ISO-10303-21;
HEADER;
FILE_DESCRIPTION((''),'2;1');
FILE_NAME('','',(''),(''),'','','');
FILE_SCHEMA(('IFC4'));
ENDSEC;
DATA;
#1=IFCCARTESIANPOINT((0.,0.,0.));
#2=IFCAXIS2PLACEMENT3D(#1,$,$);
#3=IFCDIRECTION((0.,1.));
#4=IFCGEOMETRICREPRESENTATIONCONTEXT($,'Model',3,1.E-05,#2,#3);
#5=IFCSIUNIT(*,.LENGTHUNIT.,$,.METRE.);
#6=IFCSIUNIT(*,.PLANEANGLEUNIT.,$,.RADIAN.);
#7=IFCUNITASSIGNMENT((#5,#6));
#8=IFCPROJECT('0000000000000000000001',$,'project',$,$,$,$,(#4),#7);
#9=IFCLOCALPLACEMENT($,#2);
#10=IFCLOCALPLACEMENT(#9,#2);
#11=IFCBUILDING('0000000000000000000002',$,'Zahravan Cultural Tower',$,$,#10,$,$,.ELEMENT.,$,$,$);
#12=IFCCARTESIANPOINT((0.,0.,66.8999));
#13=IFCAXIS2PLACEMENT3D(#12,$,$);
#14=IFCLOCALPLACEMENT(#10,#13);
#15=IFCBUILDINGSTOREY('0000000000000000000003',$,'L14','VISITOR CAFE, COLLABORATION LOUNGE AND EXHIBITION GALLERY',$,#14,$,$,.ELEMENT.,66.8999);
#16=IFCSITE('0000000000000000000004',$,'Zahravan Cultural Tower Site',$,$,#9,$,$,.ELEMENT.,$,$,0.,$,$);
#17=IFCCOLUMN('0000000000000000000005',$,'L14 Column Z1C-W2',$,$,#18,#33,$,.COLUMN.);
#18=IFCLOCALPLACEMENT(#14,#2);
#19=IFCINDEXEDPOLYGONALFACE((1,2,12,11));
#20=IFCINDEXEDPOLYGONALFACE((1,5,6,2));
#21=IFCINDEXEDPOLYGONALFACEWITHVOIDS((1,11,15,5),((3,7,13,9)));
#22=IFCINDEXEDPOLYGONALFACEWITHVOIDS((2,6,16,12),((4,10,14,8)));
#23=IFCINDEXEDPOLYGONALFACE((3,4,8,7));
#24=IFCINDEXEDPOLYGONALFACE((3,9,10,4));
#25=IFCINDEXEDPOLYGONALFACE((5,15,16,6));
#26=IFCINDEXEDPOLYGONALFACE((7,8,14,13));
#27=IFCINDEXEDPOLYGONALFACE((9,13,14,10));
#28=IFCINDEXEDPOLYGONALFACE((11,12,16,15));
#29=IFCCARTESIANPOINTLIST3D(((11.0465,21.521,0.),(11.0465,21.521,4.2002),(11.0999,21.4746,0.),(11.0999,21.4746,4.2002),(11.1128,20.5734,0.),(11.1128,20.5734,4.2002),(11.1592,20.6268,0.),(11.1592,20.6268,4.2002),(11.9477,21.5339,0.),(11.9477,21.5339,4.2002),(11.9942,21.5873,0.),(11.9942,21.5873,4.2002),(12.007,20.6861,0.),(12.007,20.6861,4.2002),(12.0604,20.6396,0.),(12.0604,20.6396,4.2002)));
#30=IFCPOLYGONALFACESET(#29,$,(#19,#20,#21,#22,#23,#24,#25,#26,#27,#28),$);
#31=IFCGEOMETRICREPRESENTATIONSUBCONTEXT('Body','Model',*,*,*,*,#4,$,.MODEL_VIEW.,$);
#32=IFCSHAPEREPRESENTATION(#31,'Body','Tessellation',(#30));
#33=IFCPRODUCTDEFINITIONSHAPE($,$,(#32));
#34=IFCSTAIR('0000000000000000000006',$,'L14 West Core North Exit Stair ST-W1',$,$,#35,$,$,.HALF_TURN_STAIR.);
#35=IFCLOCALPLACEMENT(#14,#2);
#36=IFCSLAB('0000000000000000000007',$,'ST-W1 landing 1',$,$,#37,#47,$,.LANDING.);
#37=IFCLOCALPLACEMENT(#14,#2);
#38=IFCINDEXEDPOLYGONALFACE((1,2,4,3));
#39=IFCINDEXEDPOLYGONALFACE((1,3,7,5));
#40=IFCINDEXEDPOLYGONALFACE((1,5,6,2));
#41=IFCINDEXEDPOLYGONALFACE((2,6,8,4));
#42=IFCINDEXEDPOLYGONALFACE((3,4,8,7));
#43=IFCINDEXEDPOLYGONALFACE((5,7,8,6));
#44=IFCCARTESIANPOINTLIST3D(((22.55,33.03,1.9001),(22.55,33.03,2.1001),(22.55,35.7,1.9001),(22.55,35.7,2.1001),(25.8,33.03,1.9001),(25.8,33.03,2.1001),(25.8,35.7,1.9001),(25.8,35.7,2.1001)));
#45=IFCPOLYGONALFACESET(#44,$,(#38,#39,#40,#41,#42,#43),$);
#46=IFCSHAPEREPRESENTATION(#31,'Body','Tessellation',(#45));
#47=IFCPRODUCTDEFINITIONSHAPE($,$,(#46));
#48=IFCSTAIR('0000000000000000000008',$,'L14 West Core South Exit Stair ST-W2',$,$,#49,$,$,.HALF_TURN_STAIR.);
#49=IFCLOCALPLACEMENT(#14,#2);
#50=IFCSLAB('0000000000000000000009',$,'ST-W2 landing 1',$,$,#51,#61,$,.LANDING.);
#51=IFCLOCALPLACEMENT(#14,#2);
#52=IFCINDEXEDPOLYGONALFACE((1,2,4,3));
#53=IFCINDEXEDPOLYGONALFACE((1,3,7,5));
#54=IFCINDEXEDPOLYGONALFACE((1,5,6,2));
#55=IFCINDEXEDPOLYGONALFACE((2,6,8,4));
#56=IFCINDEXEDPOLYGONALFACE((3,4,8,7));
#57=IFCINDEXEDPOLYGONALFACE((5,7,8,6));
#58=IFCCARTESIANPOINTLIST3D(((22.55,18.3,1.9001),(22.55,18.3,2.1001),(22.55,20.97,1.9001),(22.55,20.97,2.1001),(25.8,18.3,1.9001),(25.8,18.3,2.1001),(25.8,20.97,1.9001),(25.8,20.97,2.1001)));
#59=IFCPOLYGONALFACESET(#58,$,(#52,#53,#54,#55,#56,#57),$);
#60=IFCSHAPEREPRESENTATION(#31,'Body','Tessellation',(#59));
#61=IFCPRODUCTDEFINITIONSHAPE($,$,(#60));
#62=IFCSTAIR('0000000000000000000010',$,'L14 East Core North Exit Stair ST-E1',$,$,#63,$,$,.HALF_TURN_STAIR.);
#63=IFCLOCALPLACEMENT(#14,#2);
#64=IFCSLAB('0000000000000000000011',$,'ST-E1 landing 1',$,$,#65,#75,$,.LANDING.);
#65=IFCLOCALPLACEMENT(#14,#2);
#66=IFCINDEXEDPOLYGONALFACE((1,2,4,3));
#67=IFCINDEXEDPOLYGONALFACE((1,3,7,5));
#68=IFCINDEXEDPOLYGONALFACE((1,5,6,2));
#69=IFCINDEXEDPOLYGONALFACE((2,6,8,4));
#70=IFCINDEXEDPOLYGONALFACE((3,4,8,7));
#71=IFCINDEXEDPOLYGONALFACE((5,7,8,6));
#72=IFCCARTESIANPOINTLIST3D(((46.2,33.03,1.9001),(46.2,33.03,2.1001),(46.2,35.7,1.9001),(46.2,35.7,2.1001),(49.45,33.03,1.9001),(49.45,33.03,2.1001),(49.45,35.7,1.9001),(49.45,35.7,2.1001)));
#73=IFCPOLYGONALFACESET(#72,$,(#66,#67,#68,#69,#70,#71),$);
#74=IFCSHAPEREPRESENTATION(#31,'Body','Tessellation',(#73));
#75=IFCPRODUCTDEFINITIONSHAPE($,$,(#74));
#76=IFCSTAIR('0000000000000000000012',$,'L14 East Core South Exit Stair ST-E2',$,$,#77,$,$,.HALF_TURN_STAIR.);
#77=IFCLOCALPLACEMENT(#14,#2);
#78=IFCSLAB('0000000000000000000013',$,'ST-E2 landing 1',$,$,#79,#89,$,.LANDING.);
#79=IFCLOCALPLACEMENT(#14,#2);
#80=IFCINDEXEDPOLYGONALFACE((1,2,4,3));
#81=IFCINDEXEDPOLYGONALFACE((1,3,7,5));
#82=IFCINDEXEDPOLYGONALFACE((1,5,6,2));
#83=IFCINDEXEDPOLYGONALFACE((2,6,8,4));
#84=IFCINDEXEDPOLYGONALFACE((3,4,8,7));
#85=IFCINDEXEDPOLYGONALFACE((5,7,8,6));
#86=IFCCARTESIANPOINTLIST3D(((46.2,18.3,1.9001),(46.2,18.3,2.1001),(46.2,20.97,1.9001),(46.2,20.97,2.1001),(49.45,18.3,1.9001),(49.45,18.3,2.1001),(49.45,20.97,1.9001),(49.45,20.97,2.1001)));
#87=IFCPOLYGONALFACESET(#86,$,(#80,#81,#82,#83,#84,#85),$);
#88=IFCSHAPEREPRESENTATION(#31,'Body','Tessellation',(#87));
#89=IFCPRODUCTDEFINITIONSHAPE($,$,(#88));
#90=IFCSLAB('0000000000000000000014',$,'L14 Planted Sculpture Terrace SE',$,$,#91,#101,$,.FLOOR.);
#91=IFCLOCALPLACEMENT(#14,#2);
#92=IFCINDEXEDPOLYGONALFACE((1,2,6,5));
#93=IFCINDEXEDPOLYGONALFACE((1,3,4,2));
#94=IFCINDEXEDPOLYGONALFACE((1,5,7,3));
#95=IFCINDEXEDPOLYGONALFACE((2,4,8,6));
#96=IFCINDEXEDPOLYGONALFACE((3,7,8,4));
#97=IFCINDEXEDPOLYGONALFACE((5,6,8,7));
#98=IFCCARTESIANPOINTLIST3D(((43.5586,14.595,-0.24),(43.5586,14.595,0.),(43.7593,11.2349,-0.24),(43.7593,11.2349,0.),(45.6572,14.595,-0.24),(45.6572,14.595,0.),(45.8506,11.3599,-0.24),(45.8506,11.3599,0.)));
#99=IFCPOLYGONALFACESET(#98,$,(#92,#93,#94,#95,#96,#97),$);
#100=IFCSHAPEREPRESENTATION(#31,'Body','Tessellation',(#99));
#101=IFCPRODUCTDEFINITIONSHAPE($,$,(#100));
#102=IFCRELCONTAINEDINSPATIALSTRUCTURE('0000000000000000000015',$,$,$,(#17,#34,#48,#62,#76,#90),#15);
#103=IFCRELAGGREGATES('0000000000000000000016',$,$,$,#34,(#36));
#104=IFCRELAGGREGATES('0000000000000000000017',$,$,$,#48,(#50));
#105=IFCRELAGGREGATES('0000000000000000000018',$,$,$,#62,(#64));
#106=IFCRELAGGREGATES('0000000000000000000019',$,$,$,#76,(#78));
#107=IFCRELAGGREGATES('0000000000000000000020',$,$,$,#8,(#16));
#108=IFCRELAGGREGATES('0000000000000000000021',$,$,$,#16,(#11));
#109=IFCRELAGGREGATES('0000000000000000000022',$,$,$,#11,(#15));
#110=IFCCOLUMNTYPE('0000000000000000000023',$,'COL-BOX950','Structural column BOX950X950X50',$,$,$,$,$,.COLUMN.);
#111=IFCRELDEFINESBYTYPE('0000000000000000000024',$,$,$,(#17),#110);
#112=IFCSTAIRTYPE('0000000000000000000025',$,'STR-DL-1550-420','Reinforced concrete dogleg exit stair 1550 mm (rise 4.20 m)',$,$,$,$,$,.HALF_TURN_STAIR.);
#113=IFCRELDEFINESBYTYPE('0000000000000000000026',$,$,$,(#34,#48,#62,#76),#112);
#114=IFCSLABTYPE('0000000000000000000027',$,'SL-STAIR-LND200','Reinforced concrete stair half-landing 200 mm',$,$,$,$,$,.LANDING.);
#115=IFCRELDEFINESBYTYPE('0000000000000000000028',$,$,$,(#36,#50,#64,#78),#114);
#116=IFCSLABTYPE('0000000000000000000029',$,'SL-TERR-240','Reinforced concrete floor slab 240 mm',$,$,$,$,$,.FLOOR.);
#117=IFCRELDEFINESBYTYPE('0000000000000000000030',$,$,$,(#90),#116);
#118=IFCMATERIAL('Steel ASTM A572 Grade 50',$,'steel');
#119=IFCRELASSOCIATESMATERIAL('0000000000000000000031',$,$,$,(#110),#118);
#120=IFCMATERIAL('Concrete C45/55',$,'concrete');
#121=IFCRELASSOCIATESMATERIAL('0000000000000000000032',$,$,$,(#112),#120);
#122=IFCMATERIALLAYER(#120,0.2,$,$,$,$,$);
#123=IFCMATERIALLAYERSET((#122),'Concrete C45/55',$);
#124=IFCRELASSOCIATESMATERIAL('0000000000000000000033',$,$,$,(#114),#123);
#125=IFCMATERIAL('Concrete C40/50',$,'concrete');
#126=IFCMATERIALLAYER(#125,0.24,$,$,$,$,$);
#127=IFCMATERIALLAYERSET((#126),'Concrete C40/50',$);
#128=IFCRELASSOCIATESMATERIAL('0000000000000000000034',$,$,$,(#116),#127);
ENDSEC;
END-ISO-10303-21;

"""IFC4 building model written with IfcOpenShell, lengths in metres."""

from ifc_helpers import new_model, si_unit, direction, frame, origin, origin_2d, place, context, subcontext, project, spatial, polyline, hollow_rectangle, outline, extrude, source, transform, mapped, material, layer, layer_set, material_profile, profile_set, type_object, element, aggregate, save


model = new_model("IFC4")

# Units and contexts
model_context = context("Model", 3, precision=1e-05, world=origin(), true_north=direction((0.0, 1.0)))
body_context = subcontext(model_context, "Body", "Model", "MODEL_VIEW")
ifc_project = project(units=[si_unit("LENGTHUNIT", "METRE"), si_unit("PLANEANGLEUNIT", "RADIAN")], contexts=[model_context])

# Site, building, storey
site_placement = place(None, origin())
site = spatial("IfcSite", under=ifc_project, at=site_placement, Name="Zahravan Cultural Tower Site", CompositionType="ELEMENT", RefElevation=0.0)
building_placement = place(site_placement, origin())
building = spatial("IfcBuilding", under=site, at=building_placement, Name="Zahravan Cultural Tower", CompositionType="ELEMENT")
storey_placement = place(building_placement, frame((0.0, 0.0, 66.8999)))
storey = spatial("IfcBuildingStorey", under=building, at=storey_placement, Name="L14", Description="VISITOR CAFE, COLLABORATION LOUNGE AND EXHIBITION GALLERY", CompositionType="ELEMENT", Elevation=66.8999)

# Column
ifc_material_1 = material(Name="Steel ASTM A572 Grade 50", Category="steel")
ifc_material_profile = material_profile(ifc_material_1, hollow_rectangle(XDim=0.95, YDim=0.95, WallThickness=0.05, at=origin_2d()), Name="BOX950X950X50")
ifc_profile_set = profile_set([ifc_material_profile], Name="Steel ASTM A572 Grade 50")
column_type = type_object("IfcColumnType", Name="COL-BOX950", Description="Structural column BOX950X950X50", PredefinedType="COLUMN", material=ifc_profile_set)
shared_shape_1 = source(origin(), body_context, "Body", "SweptSolid", [
    extrude(hollow_rectangle(XDim=0.95, YDim=0.95, WallThickness=0.05, at=origin_2d()), origin(), (0.0, 0.0, 1.0), 4.2002),
])
column_placement = place(storey_placement, frame((11.5535, 21.0803, 0.0), z_axis=(0.0, 0.0, 1.0), x_axis=(0.997564, 0.069756, 0.0)))
element("IfcColumn", 1, at=column_placement, inside=storey, type_object=column_type, Name="L14 Column Z1C-W2", PredefinedType="COLUMN", context=body_context, shape_type="MappedRepresentation", body=[
    mapped(shared_shape_1, transform((0.0, 0.0, 0.0), x_axis=(1.0, 0.0, 0.0), y_axis=(0.0, 1.0, 0.0), z_axis=(0.0, 0.0, 1.0), scale=1.0)),
])

# Stairs, slabs
ifc_material_2 = material(Name="Concrete C45/55", Category="concrete")
stair_type = type_object("IfcStairType", Name="STR-DL-1550-420", Description="Reinforced concrete dogleg exit stair 1550 mm (rise 4.20 m)", PredefinedType="HALF_TURN_STAIR", material=ifc_material_2)
stair_1_placement = place(storey_placement, origin())
stair_1 = element("IfcStair", 2, at=stair_1_placement, inside=storey, type_object=stair_type, Name="L14 West Core North Exit Stair ST-W1", PredefinedType="HALF_TURN_STAIR")
ifc_layer_1 = layer(ifc_material_2, 0.2)
ifc_layer_set_1 = layer_set([ifc_layer_1], Name="Concrete C45/55")
slab_type_1 = type_object("IfcSlabType", Name="SL-STAIR-LND200", Description="Reinforced concrete stair half-landing 200 mm", PredefinedType="LANDING", material=ifc_layer_set_1)
slab_1_placement = place(storey_placement, frame((0.0, 0.0, 1.9001)))
slab_1 = element("IfcSlab", 3, at=slab_1_placement, type_object=slab_type_1, Name="ST-W1 landing 1", PredefinedType="LANDING", context=body_context, shape_type="SweptSolid", body=[
    extrude(outline(polyline([(25.8, 33.03), (25.8, 35.7), (22.55, 35.7), (22.55, 33.03), (25.8, 33.03)])), origin(), (0.0, 0.0, 1.0), 0.2),
])
aggregate(stair_1, [slab_1])
stair_2_placement = place(storey_placement, origin())
stair_2 = element("IfcStair", 4, at=stair_2_placement, inside=storey, type_object=stair_type, Name="L14 West Core South Exit Stair ST-W2", PredefinedType="HALF_TURN_STAIR")
slab_2_placement = place(storey_placement, frame((0.0, 0.0, 1.9001)))
slab_2 = element("IfcSlab", 5, at=slab_2_placement, type_object=slab_type_1, Name="ST-W2 landing 1", PredefinedType="LANDING", context=body_context, shape_type="SweptSolid", body=[
    extrude(outline(polyline([(22.55, 20.97), (22.55, 18.3), (25.8, 18.3), (25.8, 20.97), (22.55, 20.97)])), origin(), (0.0, 0.0, 1.0), 0.2),
])
aggregate(stair_2, [slab_2])
stair_3_placement = place(storey_placement, origin())
stair_3 = element("IfcStair", 6, at=stair_3_placement, inside=storey, type_object=stair_type, Name="L14 East Core North Exit Stair ST-E1", PredefinedType="HALF_TURN_STAIR")
slab_3_placement = place(storey_placement, frame((0.0, 0.0, 1.9001)))
slab_3 = element("IfcSlab", 7, at=slab_3_placement, type_object=slab_type_1, Name="ST-E1 landing 1", PredefinedType="LANDING", context=body_context, shape_type="SweptSolid", body=[
    extrude(outline(polyline([(49.45, 33.03), (49.45, 35.7), (46.2, 35.7), (46.2, 33.03), (49.45, 33.03)])), origin(), (0.0, 0.0, 1.0), 0.2),
])
aggregate(stair_3, [slab_3])
stair_4_placement = place(storey_placement, origin())
stair_4 = element("IfcStair", 8, at=stair_4_placement, inside=storey, type_object=stair_type, Name="L14 East Core South Exit Stair ST-E2", PredefinedType="HALF_TURN_STAIR")
slab_4_placement = place(storey_placement, frame((0.0, 0.0, 1.9001)))
slab_4 = element("IfcSlab", 9, at=slab_4_placement, type_object=slab_type_1, Name="ST-E2 landing 1", PredefinedType="LANDING", context=body_context, shape_type="SweptSolid", body=[
    extrude(outline(polyline([(46.2, 20.97), (46.2, 18.3), (49.45, 18.3), (49.45, 20.97), (46.2, 20.97)])), origin(), (0.0, 0.0, 1.0), 0.2),
])
aggregate(stair_4, [slab_4])

# Slab
ifc_material_3 = material(Name="Concrete C40/50", Category="concrete")
ifc_layer_2 = layer(ifc_material_3, 0.24)
ifc_layer_set_2 = layer_set([ifc_layer_2], Name="Concrete C40/50")
slab_type_2 = type_object("IfcSlabType", Name="SL-TERR-240", Description="Reinforced concrete floor slab 240 mm", PredefinedType="FLOOR", material=ifc_layer_set_2)
slab_5_placement = place(storey_placement, frame((0.0, 0.0, -0.24)))
element("IfcSlab", 10, at=slab_5_placement, inside=storey, type_object=slab_type_2, Name="L14 Planted Sculpture Terrace SE", PredefinedType="FLOOR", context=body_context, shape_type="SweptSolid", body=[
    extrude(outline(polyline([(45.8506, 11.3599), (45.6572, 14.595), (43.5586, 14.595), (43.7593, 11.2349), (45.8506, 11.3599)])), origin(), (0.0, 0.0, 1.0), 0.24),
])

save(model, "model.ifc")
